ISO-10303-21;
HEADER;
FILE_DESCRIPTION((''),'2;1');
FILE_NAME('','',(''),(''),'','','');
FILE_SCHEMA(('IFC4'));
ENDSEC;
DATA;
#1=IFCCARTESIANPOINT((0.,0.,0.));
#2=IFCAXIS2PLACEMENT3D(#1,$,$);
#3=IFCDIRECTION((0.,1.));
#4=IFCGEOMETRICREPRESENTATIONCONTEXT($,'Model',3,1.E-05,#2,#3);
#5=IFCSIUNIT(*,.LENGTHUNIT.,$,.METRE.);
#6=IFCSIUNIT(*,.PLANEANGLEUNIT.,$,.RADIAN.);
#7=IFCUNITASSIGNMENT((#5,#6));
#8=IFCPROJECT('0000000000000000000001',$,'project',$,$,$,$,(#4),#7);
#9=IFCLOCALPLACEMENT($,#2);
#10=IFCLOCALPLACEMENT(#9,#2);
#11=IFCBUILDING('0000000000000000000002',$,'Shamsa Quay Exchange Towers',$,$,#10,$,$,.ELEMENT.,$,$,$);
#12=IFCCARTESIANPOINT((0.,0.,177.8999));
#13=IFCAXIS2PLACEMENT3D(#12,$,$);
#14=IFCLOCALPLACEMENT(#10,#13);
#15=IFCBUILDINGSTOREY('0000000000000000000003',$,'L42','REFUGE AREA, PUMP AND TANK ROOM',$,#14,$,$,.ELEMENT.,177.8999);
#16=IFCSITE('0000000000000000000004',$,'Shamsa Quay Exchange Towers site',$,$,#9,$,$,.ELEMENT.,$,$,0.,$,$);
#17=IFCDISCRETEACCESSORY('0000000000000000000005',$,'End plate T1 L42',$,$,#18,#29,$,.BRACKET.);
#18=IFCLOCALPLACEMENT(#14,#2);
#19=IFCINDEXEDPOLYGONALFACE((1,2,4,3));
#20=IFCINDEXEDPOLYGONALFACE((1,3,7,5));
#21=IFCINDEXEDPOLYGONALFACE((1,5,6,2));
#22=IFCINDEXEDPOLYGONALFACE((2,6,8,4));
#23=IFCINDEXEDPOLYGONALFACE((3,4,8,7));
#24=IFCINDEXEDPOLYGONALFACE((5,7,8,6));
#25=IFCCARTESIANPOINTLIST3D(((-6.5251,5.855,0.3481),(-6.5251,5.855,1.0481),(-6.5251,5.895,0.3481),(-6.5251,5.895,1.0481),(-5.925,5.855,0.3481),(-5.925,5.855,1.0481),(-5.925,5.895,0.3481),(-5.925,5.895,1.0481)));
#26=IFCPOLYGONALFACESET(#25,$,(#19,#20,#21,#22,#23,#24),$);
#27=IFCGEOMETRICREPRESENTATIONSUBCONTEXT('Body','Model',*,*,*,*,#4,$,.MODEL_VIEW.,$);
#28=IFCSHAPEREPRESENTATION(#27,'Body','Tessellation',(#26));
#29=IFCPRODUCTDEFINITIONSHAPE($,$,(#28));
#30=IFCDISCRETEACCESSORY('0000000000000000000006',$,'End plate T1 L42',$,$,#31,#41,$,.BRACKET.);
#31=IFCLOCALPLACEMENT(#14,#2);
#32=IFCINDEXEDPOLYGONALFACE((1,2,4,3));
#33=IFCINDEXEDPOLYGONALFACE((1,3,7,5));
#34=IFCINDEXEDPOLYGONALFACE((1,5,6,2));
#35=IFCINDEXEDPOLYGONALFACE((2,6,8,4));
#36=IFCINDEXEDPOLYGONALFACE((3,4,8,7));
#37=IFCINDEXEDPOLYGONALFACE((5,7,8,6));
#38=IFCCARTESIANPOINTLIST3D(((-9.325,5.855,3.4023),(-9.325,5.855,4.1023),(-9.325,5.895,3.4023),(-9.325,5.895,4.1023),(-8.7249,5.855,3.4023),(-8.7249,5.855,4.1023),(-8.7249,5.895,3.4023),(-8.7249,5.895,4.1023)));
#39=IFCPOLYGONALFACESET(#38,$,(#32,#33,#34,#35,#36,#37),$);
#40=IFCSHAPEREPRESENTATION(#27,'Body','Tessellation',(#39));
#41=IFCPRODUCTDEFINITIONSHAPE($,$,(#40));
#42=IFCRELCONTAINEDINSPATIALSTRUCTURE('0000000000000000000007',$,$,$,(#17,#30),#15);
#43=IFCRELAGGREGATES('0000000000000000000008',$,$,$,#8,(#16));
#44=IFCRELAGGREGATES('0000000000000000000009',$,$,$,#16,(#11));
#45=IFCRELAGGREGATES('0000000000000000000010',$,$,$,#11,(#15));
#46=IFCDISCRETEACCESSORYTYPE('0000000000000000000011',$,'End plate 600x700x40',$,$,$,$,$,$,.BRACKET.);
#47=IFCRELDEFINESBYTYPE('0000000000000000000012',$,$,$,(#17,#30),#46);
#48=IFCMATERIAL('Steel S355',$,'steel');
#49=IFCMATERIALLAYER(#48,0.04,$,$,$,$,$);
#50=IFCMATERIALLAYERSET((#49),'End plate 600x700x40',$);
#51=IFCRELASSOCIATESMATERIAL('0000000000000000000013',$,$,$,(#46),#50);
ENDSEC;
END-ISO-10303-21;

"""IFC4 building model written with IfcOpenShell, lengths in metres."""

from ifc_helpers import new_model, si_unit, direction, frame, origin, origin_2d, place, context, subcontext, project, spatial, rectangle, extrude, material, layer, layer_set, type_object, element, save


model = new_model("IFC4")

# Units and contexts
model_context = context("Model", 3, precision=1e-05, world=origin(), true_north=direction((0.0, 1.0)))
body_context = subcontext(model_context, "Body", "Model", "MODEL_VIEW")
ifc_project = project(units=[si_unit("LENGTHUNIT", "METRE"), si_unit("PLANEANGLEUNIT", "RADIAN")], contexts=[model_context])

# Site, building, storey
site_placement = place(None, origin())
site = spatial("IfcSite", under=ifc_project, at=site_placement, Name="Shamsa Quay Exchange Towers site", CompositionType="ELEMENT", RefElevation=0.0)
building_placement = place(site_placement, origin())
building = spatial("IfcBuilding", under=site, at=building_placement, Name="Shamsa Quay Exchange Towers", CompositionType="ELEMENT")
storey_placement = place(building_placement, frame((0.0, 0.0, 177.8999)))
storey = spatial("IfcBuildingStorey", under=building, at=storey_placement, Name="L42", Description="REFUGE AREA, PUMP AND TANK ROOM", CompositionType="ELEMENT", Elevation=177.8999)

# Shared definitions
ifc_material_1 = material(Name="Steel S355", Category="steel")

# Discrete accessories
ifc_layer_1 = layer(ifc_material_1, 0.04)
ifc_layer_set_1 = layer_set([ifc_layer_1], Name="End plate 600x700x40")
discrete_accessory_type = type_object("IfcDiscreteAccessoryType", Name="End plate 600x700x40", PredefinedType="BRACKET", material=ifc_layer_set_1)
for number, where, z_axis, x_axis, name in (
    (1, (-6.2251, 5.875, 0.3481), (0.0, 0.0, 1.0), (-1.0, 0.0, 0.0), "End plate T1 L42"),
    (2, (-9.0249, 5.875, 3.4023), (0.0, 0.0, 1.0), (-1.0, 0.0, 0.0), "End plate T1 L42"),
):
    element("IfcDiscreteAccessory", number, at=place(storey_placement, frame(where, z_axis=z_axis, x_axis=x_axis)), inside=storey, type_object=discrete_accessory_type, Name=name, PredefinedType="BRACKET", context=body_context, shape_type="SweptSolid", body=[
        extrude(rectangle(XDim=0.6001, YDim=0.04, at=origin_2d()), origin(), (0.0, 0.0, 1.0), 0.7),
    ])

save(model, "model.ifc")
